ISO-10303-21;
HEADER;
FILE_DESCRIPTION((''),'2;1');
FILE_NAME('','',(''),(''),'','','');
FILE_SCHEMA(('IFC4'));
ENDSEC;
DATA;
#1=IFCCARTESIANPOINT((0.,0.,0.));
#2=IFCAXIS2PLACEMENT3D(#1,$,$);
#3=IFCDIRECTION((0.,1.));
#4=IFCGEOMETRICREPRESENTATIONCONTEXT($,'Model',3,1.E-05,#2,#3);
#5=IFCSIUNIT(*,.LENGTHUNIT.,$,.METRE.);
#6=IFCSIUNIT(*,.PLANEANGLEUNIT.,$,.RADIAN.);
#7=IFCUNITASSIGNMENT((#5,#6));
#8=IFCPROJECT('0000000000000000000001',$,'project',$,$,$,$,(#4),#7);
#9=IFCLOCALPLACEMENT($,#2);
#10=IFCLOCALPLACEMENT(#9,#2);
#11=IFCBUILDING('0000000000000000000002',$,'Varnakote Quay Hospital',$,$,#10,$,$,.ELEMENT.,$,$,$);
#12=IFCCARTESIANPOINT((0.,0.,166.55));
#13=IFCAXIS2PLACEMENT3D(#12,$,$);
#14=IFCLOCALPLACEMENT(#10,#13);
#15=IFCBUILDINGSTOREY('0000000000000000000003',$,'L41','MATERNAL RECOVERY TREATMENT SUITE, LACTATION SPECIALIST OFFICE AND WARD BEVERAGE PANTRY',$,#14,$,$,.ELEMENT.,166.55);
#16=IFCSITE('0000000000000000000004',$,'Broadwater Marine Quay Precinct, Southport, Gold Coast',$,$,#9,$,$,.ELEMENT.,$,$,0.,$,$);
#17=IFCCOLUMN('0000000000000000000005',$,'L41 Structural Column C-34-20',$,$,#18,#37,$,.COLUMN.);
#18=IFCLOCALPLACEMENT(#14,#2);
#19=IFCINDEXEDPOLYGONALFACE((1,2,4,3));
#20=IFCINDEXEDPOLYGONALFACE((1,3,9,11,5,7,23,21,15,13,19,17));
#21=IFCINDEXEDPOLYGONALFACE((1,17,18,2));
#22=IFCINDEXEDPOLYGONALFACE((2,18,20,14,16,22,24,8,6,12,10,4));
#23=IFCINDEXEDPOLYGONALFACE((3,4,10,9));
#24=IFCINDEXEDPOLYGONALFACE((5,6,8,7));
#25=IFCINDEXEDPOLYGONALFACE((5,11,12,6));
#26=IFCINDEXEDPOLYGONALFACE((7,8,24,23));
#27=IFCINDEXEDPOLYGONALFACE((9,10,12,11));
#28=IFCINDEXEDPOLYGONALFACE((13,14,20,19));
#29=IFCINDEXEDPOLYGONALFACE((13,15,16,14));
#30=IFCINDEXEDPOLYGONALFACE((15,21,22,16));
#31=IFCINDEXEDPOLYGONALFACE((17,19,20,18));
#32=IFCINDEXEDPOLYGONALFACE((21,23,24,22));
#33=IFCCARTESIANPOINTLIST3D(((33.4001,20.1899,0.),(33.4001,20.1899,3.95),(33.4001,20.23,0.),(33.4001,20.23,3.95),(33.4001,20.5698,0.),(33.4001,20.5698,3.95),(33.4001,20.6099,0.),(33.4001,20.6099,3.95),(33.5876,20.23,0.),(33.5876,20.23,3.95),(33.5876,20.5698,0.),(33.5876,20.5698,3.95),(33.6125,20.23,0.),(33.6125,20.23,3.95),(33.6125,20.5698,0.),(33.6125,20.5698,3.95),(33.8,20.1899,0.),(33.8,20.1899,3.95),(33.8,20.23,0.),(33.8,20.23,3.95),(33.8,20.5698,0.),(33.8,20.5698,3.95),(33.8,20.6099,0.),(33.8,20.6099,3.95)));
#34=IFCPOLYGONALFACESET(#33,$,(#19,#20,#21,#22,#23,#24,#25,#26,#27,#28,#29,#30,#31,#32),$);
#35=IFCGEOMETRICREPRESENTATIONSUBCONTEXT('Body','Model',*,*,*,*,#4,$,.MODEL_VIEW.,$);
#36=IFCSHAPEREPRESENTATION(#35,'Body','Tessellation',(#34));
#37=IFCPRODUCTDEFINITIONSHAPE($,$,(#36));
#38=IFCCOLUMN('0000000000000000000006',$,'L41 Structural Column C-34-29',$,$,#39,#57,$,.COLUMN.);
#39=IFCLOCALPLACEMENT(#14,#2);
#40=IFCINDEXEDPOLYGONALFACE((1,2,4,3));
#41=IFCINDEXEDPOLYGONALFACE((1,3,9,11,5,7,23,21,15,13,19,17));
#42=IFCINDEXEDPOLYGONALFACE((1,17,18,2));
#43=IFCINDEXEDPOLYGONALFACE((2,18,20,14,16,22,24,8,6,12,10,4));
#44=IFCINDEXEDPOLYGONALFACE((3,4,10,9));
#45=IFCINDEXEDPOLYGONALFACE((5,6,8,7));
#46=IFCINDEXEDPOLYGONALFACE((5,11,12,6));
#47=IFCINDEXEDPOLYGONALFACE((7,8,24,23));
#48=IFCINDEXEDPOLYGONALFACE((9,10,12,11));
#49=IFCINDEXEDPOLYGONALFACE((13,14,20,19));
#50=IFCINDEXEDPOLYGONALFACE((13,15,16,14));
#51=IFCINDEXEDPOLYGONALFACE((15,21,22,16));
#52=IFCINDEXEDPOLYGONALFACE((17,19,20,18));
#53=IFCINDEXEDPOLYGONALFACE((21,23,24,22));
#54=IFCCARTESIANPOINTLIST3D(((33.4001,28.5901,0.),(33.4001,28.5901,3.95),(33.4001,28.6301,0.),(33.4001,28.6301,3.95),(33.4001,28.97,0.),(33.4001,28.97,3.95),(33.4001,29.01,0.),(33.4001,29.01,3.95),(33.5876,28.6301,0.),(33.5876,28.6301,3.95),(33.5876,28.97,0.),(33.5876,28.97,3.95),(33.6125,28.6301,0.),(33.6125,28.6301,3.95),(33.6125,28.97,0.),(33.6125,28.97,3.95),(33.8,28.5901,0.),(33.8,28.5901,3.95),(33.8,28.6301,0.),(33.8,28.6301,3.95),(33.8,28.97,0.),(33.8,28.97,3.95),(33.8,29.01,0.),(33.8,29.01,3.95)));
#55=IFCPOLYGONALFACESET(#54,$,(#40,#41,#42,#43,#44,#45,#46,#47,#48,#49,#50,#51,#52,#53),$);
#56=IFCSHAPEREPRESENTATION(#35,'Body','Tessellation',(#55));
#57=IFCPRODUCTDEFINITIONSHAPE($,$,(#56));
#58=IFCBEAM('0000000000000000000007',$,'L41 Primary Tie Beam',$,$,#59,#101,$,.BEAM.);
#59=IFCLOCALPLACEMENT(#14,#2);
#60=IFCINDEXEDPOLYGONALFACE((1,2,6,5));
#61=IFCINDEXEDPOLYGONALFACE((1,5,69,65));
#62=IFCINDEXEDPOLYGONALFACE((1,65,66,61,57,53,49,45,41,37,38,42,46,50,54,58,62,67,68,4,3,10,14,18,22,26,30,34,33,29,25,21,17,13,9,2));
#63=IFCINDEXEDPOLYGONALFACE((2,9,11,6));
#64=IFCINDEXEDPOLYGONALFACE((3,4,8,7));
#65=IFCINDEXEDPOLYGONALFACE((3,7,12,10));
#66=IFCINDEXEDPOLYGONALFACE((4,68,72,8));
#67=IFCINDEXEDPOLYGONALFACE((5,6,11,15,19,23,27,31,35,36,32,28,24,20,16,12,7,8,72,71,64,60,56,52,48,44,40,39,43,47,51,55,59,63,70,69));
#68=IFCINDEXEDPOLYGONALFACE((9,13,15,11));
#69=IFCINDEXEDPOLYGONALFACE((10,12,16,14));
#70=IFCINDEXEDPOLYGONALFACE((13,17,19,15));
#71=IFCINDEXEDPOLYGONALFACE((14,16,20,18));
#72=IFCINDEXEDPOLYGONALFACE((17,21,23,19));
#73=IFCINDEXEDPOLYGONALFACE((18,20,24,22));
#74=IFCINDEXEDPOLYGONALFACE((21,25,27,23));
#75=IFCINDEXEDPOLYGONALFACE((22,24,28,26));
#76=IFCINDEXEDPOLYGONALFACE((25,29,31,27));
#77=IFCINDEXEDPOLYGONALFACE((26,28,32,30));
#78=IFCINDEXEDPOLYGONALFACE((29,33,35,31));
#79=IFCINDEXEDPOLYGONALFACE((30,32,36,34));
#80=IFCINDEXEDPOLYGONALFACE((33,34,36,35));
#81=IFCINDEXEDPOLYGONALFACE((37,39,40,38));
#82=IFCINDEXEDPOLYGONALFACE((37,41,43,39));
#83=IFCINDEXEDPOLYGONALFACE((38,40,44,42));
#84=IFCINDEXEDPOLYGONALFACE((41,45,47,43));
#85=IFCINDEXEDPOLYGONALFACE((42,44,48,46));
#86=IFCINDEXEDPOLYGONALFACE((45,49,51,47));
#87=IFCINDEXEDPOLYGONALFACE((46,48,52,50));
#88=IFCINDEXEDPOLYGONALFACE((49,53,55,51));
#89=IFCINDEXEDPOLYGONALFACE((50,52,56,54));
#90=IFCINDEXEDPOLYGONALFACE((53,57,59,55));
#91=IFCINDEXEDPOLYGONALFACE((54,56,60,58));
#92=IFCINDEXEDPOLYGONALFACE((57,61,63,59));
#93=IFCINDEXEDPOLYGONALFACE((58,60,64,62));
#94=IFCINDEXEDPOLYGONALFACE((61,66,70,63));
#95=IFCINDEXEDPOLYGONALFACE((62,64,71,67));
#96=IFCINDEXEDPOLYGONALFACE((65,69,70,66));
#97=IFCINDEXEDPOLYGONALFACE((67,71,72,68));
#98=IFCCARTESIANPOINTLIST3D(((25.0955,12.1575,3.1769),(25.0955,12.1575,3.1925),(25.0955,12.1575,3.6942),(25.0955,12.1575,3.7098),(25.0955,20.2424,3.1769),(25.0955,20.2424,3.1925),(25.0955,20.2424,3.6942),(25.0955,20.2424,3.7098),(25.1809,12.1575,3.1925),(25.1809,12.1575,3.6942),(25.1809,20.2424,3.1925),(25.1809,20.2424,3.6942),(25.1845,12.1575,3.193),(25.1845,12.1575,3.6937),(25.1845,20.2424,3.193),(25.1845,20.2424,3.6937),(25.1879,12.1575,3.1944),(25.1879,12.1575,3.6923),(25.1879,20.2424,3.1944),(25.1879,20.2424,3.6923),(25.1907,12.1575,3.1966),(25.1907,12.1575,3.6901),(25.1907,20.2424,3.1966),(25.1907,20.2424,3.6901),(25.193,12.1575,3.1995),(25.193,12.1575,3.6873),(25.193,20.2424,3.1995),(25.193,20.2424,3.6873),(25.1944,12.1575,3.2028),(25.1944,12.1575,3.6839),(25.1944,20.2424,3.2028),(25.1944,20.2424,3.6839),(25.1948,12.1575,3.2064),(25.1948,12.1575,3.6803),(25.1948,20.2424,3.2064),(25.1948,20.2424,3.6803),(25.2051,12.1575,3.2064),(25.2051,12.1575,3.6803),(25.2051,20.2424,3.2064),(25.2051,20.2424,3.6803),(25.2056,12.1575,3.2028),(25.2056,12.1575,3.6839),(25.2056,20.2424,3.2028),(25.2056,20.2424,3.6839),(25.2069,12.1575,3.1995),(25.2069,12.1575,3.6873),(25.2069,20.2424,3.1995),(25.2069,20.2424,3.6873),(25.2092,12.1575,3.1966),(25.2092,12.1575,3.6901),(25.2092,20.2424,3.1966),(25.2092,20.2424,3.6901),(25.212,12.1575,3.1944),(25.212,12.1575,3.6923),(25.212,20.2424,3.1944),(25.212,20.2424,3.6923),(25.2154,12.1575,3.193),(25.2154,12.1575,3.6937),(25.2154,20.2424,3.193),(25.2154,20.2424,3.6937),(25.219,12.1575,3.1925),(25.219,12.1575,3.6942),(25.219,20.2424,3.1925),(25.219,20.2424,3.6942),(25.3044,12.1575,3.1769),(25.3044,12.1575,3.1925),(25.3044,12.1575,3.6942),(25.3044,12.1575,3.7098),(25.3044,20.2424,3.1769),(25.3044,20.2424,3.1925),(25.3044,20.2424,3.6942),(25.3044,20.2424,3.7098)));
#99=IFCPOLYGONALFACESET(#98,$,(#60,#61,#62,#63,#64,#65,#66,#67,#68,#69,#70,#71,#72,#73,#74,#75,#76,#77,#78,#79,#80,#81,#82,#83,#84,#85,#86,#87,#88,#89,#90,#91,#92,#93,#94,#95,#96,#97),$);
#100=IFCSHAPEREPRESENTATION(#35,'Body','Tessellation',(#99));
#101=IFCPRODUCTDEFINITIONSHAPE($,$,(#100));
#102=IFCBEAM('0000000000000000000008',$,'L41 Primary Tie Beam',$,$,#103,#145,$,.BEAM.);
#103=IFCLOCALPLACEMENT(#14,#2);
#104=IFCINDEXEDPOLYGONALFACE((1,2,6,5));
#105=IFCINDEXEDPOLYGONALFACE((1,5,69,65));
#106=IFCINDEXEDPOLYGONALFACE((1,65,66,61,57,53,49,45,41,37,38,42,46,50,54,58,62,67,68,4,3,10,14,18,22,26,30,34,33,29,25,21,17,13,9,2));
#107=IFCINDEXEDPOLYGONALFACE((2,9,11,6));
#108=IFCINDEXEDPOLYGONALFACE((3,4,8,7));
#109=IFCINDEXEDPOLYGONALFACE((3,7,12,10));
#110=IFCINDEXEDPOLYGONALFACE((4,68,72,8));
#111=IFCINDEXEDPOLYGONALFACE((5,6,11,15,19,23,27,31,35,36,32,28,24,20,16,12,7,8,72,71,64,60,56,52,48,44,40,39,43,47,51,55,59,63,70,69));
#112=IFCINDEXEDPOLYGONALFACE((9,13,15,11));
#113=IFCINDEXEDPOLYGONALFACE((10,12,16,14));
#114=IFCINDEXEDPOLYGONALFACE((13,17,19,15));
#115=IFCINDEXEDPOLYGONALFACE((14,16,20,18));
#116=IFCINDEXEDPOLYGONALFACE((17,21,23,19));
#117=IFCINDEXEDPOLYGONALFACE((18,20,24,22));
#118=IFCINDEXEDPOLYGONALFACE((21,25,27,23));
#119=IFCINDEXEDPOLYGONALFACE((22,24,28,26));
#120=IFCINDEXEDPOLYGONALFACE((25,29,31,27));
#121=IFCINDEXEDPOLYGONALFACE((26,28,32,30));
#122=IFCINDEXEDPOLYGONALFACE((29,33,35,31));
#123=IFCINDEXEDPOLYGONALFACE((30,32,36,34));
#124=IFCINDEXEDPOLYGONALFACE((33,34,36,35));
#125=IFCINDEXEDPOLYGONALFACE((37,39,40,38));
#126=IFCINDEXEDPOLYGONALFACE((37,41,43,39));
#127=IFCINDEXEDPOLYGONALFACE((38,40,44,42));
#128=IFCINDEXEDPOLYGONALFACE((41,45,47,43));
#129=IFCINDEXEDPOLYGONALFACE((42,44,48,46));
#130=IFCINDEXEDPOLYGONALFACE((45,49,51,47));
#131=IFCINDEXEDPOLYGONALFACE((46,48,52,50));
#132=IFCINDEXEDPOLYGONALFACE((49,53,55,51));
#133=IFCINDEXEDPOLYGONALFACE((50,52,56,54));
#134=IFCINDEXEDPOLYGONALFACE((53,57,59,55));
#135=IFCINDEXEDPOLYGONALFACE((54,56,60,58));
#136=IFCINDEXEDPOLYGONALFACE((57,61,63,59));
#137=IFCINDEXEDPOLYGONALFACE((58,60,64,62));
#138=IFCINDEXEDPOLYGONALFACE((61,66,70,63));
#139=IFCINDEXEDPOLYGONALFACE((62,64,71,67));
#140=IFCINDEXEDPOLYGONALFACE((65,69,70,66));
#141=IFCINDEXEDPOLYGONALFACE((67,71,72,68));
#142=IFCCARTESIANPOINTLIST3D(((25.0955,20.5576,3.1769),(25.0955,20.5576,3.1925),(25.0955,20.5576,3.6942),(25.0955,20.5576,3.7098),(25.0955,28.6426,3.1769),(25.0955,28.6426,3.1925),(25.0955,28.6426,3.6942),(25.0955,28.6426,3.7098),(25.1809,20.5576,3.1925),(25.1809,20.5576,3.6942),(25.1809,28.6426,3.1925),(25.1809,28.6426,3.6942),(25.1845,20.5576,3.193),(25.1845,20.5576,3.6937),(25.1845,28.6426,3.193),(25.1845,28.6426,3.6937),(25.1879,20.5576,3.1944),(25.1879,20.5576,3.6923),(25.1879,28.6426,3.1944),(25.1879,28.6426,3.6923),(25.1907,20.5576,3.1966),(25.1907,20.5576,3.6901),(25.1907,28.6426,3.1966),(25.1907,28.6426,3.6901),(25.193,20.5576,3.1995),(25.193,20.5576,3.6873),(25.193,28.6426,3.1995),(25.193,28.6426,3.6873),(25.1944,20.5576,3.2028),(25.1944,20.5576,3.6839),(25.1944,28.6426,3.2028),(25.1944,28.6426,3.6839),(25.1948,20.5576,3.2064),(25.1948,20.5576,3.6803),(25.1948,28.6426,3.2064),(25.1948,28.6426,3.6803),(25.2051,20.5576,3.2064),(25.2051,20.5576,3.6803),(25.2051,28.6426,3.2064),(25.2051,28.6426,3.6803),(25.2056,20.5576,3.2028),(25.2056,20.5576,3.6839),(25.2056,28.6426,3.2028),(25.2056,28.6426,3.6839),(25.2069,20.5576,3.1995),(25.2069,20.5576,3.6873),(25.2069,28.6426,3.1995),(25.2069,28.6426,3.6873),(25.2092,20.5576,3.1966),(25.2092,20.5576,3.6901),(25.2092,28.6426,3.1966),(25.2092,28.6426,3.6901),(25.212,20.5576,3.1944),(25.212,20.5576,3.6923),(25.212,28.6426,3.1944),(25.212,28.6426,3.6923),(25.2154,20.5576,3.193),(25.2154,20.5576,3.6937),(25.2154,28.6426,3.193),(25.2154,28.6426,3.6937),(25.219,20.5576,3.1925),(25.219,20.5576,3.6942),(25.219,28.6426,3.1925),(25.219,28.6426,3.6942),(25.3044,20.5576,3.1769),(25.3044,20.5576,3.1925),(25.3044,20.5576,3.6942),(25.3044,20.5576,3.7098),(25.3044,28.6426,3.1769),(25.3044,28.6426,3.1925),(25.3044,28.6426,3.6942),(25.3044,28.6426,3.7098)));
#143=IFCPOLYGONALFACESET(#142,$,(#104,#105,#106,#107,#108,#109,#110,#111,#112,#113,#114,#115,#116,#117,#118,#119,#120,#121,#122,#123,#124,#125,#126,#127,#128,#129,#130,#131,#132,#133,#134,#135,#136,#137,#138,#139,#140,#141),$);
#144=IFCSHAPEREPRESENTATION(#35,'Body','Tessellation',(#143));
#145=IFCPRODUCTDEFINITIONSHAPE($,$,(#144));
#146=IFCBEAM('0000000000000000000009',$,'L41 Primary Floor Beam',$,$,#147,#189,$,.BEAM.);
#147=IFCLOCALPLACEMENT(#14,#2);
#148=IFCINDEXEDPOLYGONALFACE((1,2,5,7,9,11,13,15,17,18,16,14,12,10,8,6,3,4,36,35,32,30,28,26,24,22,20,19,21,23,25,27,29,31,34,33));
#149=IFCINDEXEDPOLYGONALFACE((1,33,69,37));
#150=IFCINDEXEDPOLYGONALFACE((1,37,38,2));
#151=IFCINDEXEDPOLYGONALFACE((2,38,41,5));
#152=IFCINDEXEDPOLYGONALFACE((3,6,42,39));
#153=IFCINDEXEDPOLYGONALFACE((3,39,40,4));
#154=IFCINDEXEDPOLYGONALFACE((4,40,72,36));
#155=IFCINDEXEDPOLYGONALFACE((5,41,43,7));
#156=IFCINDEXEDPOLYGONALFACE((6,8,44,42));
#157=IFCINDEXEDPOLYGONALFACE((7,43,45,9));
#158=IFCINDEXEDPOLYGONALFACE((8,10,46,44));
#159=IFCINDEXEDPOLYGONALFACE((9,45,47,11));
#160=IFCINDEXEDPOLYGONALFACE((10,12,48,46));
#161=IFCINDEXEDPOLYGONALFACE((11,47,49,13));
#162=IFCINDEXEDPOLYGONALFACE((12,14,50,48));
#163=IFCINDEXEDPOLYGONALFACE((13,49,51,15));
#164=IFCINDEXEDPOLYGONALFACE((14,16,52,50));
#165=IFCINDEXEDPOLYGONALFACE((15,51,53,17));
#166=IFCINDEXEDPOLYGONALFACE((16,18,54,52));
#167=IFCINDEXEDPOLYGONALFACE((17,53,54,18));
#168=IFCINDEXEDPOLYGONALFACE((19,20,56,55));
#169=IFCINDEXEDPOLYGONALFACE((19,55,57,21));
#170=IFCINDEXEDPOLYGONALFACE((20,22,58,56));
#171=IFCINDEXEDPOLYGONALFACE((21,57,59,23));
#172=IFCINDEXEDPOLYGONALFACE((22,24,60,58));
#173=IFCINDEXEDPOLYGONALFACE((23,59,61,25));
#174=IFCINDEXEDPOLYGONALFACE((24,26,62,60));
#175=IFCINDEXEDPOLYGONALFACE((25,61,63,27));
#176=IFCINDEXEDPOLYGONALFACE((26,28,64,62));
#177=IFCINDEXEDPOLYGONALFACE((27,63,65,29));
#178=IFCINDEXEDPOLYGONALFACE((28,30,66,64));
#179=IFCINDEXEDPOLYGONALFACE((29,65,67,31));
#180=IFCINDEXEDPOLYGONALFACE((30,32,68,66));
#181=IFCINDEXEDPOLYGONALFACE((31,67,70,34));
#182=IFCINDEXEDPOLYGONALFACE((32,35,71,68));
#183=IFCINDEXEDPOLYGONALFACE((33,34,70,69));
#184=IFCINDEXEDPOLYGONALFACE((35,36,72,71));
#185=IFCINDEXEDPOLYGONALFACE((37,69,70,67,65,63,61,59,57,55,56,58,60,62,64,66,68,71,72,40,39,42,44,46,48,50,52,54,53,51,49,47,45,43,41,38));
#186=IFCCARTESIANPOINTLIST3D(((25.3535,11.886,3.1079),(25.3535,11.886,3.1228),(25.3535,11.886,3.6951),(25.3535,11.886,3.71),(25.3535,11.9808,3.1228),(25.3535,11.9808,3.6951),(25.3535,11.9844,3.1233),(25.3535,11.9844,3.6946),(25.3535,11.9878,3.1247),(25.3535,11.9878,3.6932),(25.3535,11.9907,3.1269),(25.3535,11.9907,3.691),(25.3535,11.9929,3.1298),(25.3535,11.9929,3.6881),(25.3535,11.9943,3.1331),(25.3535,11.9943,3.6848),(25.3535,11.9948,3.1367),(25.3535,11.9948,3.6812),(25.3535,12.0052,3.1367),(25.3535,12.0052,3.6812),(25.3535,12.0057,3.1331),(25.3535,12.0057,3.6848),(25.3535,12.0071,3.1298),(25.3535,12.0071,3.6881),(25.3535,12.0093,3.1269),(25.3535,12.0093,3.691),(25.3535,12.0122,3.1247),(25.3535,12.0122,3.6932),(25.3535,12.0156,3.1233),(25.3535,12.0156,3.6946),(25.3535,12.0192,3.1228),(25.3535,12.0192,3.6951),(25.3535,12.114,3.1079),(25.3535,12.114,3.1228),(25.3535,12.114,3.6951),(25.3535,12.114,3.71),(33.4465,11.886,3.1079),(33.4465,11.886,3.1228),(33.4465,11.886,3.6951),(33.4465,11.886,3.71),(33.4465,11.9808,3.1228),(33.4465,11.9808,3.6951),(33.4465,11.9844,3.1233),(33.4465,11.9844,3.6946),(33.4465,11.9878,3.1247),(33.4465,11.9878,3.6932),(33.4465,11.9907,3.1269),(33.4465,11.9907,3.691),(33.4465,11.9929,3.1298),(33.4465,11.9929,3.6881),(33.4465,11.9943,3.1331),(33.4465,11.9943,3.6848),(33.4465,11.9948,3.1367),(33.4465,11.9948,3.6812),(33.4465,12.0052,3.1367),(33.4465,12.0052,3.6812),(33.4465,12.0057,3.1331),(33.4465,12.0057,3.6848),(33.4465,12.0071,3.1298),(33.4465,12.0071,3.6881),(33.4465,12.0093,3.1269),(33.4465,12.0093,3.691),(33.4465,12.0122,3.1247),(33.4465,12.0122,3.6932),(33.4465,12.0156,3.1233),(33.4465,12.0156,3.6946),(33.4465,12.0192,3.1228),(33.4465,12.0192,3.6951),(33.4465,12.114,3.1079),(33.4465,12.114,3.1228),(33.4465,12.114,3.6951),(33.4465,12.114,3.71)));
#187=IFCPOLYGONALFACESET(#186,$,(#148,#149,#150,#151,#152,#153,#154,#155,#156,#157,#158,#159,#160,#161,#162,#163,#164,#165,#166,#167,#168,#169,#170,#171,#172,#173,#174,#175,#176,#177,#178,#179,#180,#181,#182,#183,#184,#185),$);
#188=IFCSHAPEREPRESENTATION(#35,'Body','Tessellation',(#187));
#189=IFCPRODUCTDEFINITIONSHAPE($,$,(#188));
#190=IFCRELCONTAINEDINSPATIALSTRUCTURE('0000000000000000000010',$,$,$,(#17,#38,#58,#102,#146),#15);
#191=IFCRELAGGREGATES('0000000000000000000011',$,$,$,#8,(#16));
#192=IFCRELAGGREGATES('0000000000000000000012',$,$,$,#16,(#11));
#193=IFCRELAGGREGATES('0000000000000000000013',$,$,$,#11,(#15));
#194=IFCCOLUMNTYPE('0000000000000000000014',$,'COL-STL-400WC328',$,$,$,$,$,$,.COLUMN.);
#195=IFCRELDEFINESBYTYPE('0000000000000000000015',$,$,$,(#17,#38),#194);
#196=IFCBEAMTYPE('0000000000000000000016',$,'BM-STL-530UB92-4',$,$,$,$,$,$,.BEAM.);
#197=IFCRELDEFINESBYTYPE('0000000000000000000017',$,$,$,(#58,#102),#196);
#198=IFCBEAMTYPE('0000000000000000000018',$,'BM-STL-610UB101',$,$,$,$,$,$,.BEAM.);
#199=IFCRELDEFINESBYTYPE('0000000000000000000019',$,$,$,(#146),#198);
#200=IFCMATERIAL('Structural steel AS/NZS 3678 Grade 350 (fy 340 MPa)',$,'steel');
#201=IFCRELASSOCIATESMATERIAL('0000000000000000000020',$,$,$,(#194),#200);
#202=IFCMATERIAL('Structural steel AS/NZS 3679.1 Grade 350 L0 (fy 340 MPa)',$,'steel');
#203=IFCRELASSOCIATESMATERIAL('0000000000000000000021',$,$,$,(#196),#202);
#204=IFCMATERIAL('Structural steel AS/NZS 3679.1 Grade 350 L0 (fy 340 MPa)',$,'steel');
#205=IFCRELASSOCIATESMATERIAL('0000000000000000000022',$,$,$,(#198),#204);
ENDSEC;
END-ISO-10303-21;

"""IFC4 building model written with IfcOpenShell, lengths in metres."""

from ifc_helpers import new_model, si_unit, direction, frame, origin, origin_2d, place, context, subcontext, project, spatial, i_section, extrude, material, material_profile, profile_set, type_object, element, save


model = new_model("IFC4")

# Units and contexts
model_context = context("Model", 3, precision=1e-05, world=origin(), true_north=direction((0.0, 1.0)))
body_context = subcontext(model_context, "Body", "Model", "MODEL_VIEW")
ifc_project = project(units=[si_unit("LENGTHUNIT", "METRE"), si_unit("PLANEANGLEUNIT", "RADIAN")], contexts=[model_context])

# Site, building, storey
site_placement = place(None, origin())
site = spatial("IfcSite", under=ifc_project, at=site_placement, Name="Broadwater Marine Quay Precinct, Southport, Gold Coast", CompositionType="ELEMENT", RefElevation=0.0)
building_placement = place(site_placement, origin())
building = spatial("IfcBuilding", under=site, at=building_placement, Name="Varnakote Quay Hospital", CompositionType="ELEMENT")
storey_placement = place(building_placement, frame((0.0, 0.0, 166.55)))
storey = spatial("IfcBuildingStorey", under=building, at=storey_placement, Name="L41", Description="MATERNAL RECOVERY TREATMENT SUITE, LACTATION SPECIALIST OFFICE AND WARD BEVERAGE PANTRY", CompositionType="ELEMENT", Elevation=166.55)

# Columns
ifc_material_1 = material(Name="Structural steel AS/NZS 3678 Grade 350 (fy 340 MPa)", Category="steel")
ifc_material_profile_1 = material_profile(ifc_material_1, i_section(OverallWidth=0.3999, OverallDepth=0.4199, WebThickness=0.0249, FlangeThickness=0.04, at=origin_2d()), Name="400WC328")
ifc_profile_set_1 = profile_set([ifc_material_profile_1], Name="Structural steel AS/NZS 3678 Grade 350 (fy 340 MPa)")
column_type_1 = type_object("IfcColumnType", Name="COL-STL-400WC328", PredefinedType="COLUMN", material=ifc_profile_set_1)
for number, where, z_axis, x_axis, name in (
    (1, (33.6001, 20.3999, 0.0), (0.0, 0.0, 1.0), (1.0, 0.0, 0.0), "L41 Structural Column C-34-20"),
    (2, (33.6001, 28.8, 0.0), (0.0, 0.0, 1.0), (1.0, 0.0, 0.0), "L41 Structural Column C-34-29"),
):
    element("IfcColumn", number, at=place(storey_placement, frame(where, z_axis=z_axis, x_axis=x_axis)), inside=storey, type_object=column_type_1, Name=name, PredefinedType="COLUMN", context=body_context, shape_type="SweptSolid", body=[
        extrude(i_section(OverallWidth=0.3999, OverallDepth=0.4199, WebThickness=0.0249, FlangeThickness=0.04, at=origin_2d()), origin(), (0.0, 0.0, 1.0), 3.95),
    ])

# Beams
ifc_material_2 = material(Name="Structural steel AS/NZS 3679.1 Grade 350 L0 (fy 340 MPa)", Category="steel")
ifc_material_profile_2 = material_profile(ifc_material_2, i_section(OverallWidth=0.209, OverallDepth=0.533, WebThickness=0.0103, FlangeThickness=0.0156, FilletRadius=0.0139, at=origin_2d()), Name="530UB92.4")
ifc_profile_set_2 = profile_set([ifc_material_profile_2], Name="Structural steel AS/NZS 3679.1 Grade 350 L0 (fy 340 MPa)")
beam_type_1 = type_object("IfcBeamType", Name="BM-STL-530UB92-4", PredefinedType="BEAM", material=ifc_profile_set_2)
for number, where, z_axis, x_axis, name in (
    (3, (25.2, 12.1575, 3.4434), (0.0, 1.0, 0.0), (-1.0, 0.0, 0.0), "L41 Primary Tie Beam"),
    (4, (25.2, 20.5576, 3.4434), (0.0, 1.0, 0.0), (-1.0, 0.0, 0.0), "L41 Primary Tie Beam"),
):
    element("IfcBeam", number, at=place(storey_placement, frame(where, z_axis=z_axis, x_axis=x_axis)), inside=storey, type_object=beam_type_1, Name=name, PredefinedType="BEAM", context=body_context, shape_type="SweptSolid", body=[
        extrude(i_section(OverallWidth=0.209, OverallDepth=0.533, WebThickness=0.0103, FlangeThickness=0.0156, FilletRadius=0.0139, at=origin_2d()), origin(), (0.0, 0.0, 1.0), 8.085),
    ])
ifc_material_3 = material(Name="Structural steel AS/NZS 3679.1 Grade 350 L0 (fy 340 MPa)", Category="steel")
ifc_material_profile_3 = material_profile(ifc_material_3, i_section(OverallWidth=0.228, OverallDepth=0.6021, WebThickness=0.0105, FlangeThickness=0.0149, FilletRadius=0.0139, at=origin_2d()), Name="610UB101")
ifc_profile_set_3 = profile_set([ifc_material_profile_3], Name="Structural steel AS/NZS 3679.1 Grade 350 L0 (fy 340 MPa)")
beam_type_2 = type_object("IfcBeamType", Name="BM-STL-610UB101", PredefinedType="BEAM", material=ifc_profile_set_3)
beam_1_placement = place(storey_placement, frame((25.3535, 12.0, 3.4089), z_axis=(1.0, 0.0, 0.0), x_axis=(0.0, 1.0, 0.0)))
element("IfcBeam", 5, at=beam_1_placement, inside=storey, type_object=beam_type_2, Name="L41 Primary Floor Beam", PredefinedType="BEAM", context=body_context, shape_type="SweptSolid", body=[
    extrude(i_section(OverallWidth=0.228, OverallDepth=0.6021, WebThickness=0.0105, FlangeThickness=0.0149, FilletRadius=0.0139, at=origin_2d()), origin(), (0.0, 0.0, 1.0), 8.093),
])

save(model, "model.ifc")
